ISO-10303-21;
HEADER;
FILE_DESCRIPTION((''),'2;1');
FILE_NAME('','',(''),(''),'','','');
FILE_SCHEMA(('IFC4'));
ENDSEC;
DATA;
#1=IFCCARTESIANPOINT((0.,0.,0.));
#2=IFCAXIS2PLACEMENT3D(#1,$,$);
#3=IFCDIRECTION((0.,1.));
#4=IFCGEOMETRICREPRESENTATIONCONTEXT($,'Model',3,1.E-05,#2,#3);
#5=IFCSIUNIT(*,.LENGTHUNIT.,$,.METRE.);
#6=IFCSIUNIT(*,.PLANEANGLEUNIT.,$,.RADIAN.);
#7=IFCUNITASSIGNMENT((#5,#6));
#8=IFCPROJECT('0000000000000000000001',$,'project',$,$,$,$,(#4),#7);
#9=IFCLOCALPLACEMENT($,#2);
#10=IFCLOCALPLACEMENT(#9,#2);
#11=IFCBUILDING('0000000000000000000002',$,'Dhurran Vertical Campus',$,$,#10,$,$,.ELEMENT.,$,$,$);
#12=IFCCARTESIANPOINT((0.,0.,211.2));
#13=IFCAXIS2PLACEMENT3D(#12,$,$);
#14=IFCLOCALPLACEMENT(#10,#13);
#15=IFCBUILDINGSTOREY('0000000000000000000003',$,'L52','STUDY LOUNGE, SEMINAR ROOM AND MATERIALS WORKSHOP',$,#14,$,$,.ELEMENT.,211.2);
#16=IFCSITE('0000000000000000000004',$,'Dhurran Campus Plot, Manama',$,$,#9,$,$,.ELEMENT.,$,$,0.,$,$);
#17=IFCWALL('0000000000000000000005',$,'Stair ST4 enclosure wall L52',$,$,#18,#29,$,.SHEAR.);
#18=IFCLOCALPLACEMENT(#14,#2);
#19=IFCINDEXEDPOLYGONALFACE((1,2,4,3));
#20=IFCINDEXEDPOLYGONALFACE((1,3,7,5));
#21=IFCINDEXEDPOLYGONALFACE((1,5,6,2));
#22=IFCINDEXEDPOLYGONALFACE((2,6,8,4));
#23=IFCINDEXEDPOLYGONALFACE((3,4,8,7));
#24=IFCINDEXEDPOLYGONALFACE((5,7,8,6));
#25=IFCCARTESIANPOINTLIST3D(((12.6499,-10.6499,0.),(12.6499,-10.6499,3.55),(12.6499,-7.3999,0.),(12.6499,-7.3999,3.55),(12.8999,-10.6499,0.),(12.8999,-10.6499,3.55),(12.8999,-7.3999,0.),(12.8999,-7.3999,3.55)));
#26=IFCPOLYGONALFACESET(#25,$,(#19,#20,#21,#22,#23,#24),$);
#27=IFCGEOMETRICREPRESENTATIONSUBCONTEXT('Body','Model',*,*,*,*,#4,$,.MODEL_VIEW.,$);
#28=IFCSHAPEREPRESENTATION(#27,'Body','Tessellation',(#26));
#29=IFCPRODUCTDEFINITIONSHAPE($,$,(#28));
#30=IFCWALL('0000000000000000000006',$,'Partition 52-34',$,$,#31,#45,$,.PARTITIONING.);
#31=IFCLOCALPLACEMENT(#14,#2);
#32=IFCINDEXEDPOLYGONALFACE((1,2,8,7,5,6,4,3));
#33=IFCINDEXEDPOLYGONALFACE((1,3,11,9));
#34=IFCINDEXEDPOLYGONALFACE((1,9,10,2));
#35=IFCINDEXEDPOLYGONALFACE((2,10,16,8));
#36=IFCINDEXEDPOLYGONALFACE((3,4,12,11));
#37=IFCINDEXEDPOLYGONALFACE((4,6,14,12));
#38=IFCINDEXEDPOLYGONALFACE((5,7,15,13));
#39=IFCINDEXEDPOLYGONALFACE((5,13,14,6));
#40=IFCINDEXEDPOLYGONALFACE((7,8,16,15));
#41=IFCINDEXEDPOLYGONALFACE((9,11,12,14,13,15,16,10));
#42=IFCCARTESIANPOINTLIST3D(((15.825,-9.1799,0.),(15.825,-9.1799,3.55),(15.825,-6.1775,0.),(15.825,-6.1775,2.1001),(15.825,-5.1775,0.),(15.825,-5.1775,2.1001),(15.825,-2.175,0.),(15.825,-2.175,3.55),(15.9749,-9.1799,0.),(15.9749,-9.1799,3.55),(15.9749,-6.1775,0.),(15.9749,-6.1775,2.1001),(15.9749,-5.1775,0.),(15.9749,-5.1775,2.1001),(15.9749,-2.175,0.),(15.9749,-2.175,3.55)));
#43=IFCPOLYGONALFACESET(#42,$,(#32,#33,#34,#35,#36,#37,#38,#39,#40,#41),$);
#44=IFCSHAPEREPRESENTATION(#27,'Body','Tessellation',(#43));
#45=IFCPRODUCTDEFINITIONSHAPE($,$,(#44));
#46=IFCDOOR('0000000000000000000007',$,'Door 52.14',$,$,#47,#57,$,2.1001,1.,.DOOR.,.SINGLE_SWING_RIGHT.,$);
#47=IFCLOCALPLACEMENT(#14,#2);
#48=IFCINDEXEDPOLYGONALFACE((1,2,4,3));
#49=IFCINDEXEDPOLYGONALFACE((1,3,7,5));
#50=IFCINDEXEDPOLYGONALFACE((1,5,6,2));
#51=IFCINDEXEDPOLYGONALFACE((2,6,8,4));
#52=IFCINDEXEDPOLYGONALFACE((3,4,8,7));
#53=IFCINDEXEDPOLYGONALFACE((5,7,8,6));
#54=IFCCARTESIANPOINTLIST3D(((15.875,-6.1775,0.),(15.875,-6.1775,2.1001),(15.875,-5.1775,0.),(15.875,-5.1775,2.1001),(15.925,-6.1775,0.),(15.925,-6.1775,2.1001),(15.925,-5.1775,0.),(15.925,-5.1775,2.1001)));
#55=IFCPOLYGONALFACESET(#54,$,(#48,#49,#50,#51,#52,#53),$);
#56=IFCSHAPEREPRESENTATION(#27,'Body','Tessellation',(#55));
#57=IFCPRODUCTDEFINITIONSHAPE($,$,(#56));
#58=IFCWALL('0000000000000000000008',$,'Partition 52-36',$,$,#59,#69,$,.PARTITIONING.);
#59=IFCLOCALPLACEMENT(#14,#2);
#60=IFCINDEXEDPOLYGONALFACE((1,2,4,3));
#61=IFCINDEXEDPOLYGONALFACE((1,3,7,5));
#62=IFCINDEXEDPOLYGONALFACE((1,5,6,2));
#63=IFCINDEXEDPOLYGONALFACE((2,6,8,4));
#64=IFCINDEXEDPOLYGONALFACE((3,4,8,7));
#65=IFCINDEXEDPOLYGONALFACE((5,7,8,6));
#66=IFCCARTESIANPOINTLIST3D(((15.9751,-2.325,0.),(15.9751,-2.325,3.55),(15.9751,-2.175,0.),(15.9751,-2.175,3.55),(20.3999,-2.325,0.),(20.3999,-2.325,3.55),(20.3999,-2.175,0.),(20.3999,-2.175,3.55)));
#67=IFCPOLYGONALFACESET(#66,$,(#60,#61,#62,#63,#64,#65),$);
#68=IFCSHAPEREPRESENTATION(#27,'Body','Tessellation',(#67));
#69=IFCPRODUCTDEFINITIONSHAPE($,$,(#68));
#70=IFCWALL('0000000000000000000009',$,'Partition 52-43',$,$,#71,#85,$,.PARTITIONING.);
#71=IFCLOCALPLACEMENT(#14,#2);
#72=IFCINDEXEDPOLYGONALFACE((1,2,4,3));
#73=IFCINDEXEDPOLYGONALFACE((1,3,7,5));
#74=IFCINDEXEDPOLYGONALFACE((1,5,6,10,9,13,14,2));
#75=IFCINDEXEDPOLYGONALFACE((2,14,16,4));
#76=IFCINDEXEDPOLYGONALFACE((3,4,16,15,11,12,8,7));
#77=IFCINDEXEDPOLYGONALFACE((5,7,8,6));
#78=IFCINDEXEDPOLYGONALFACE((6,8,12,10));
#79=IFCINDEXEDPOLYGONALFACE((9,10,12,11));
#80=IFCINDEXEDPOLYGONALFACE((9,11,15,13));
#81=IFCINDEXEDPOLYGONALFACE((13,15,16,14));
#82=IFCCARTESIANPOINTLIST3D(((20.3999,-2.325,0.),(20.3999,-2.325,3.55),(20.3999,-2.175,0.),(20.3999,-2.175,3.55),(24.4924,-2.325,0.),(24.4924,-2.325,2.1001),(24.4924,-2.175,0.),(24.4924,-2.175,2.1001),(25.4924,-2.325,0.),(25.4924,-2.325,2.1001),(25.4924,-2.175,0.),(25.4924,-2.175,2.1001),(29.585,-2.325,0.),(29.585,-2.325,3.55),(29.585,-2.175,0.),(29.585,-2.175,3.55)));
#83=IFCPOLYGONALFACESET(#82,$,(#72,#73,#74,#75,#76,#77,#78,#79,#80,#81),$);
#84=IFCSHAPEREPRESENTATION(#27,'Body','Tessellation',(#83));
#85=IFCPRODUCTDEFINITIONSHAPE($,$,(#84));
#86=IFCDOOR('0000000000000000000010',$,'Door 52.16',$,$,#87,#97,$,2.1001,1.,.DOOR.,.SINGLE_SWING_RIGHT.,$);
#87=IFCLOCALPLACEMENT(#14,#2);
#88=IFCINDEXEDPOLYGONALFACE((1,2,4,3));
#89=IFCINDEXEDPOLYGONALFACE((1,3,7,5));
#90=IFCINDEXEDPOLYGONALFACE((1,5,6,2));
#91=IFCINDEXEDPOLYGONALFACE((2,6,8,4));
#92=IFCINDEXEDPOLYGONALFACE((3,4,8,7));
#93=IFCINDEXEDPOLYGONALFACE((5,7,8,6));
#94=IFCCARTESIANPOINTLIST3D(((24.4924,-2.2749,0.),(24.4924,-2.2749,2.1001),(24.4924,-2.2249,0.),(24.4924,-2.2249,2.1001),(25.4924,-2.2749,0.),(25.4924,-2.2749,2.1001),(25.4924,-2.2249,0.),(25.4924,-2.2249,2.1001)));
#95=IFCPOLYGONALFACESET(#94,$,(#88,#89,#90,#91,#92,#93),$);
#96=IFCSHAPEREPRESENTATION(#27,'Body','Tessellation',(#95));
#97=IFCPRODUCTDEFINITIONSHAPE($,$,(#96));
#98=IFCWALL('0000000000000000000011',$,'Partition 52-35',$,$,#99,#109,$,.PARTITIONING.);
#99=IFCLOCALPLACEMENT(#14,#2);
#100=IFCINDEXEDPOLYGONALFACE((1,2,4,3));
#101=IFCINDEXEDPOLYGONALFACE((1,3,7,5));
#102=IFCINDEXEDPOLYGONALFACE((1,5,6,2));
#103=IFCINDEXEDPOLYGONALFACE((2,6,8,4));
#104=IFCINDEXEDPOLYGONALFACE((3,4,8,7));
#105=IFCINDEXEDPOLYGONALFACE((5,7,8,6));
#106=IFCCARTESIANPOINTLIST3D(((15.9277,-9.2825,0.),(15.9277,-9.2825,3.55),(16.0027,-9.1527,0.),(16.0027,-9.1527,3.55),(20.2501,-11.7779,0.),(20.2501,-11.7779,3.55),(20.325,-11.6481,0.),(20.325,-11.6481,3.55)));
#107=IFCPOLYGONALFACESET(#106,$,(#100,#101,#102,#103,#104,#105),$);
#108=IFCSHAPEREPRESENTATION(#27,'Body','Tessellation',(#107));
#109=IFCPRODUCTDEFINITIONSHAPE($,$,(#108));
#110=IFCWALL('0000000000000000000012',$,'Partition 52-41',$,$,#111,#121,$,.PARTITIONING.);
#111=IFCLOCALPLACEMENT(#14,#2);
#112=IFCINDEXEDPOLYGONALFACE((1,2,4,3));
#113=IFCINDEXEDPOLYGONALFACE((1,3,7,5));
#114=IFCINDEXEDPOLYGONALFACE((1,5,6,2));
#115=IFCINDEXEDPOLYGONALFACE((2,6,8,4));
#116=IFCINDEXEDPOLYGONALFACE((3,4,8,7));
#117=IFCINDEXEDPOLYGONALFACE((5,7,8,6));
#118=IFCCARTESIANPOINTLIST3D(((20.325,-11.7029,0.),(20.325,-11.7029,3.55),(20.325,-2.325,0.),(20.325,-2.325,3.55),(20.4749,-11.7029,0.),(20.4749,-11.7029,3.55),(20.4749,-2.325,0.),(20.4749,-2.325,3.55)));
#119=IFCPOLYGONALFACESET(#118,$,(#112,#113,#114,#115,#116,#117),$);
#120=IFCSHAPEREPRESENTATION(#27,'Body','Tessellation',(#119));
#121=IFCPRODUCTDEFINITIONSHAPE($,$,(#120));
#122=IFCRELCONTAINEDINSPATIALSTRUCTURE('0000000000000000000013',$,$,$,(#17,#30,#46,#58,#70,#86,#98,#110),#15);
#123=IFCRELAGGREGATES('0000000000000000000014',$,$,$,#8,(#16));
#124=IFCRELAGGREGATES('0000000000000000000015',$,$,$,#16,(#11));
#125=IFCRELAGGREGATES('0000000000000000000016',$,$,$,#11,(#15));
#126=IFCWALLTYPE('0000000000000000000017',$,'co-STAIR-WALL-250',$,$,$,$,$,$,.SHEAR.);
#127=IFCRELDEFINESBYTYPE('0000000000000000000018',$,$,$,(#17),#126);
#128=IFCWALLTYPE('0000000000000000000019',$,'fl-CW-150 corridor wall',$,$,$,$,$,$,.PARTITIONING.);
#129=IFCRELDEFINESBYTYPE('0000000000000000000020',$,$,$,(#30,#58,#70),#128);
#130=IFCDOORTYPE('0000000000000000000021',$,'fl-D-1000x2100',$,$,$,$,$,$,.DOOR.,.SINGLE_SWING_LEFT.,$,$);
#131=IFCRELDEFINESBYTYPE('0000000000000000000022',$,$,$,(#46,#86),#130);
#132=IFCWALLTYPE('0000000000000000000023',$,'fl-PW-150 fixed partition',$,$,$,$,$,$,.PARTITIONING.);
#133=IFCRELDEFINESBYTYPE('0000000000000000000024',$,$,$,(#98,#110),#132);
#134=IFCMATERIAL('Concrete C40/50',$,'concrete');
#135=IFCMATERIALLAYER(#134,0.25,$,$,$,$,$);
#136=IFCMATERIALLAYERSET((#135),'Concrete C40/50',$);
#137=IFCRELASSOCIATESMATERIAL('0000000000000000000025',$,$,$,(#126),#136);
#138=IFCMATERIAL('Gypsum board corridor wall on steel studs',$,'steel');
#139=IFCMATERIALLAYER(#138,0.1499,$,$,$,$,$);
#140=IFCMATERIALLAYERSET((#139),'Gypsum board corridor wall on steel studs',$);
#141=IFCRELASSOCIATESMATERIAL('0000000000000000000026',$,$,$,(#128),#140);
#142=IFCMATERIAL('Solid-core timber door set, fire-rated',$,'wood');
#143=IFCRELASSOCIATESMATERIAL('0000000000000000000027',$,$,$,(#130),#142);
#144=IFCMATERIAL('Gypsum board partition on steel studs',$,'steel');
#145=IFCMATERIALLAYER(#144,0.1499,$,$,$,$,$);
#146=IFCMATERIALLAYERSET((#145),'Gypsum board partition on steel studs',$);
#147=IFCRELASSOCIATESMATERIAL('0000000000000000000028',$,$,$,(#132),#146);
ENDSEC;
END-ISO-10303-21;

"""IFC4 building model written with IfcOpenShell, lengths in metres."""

from ifc_helpers import new_model, si_unit, direction, frame, frame_2d, origin, place, context, subcontext, project, spatial, rectangle, extrude, material, layer, layer_set, type_object, element, fill, save


model = new_model("IFC4")

# Units and contexts
model_context = context("Model", 3, precision=1e-05, world=origin(), true_north=direction((0.0, 1.0)))
body_context = subcontext(model_context, "Body", "Model", "MODEL_VIEW")
ifc_project = project(units=[si_unit("LENGTHUNIT", "METRE"), si_unit("PLANEANGLEUNIT", "RADIAN")], contexts=[model_context])

# Site, building, storey
site_placement = place(None, origin())
site = spatial("IfcSite", under=ifc_project, at=site_placement, Name="Dhurran Campus Plot, Manama", CompositionType="ELEMENT", RefElevation=0.0)
building_placement = place(site_placement, origin())
building = spatial("IfcBuilding", under=site, at=building_placement, Name="Dhurran Vertical Campus", CompositionType="ELEMENT")
storey_placement = place(building_placement, frame((0.0, 0.0, 211.2)))
storey = spatial("IfcBuildingStorey", under=building, at=storey_placement, Name="L52", Description="STUDY LOUNGE, SEMINAR ROOM AND MATERIALS WORKSHOP", CompositionType="ELEMENT", Elevation=211.2)

# Wall
ifc_material_1 = material(Name="Concrete C40/50", Category="concrete")
ifc_layer_1 = layer(ifc_material_1, 0.25)
ifc_layer_set_1 = layer_set([ifc_layer_1], Name="Concrete C40/50")
wall_type_1 = type_object("IfcWallType", Name="co-STAIR-WALL-250", PredefinedType="SHEAR", material=ifc_layer_set_1)
wall_1_placement = place(storey_placement, frame((12.7749, -10.6499, 0.0), z_axis=(0.0, 0.0, 1.0), x_axis=(0.0, 1.0, 0.0)))
element("IfcWall", 1, at=wall_1_placement, inside=storey, type_object=wall_type_1, Name="Stair ST4 enclosure wall L52", PredefinedType="SHEAR", context=body_context, shape_type="SweptSolid", body=[
    extrude(rectangle(XDim=3.25, YDim=0.25, at=frame_2d((1.625, 0.0))), origin(), (0.0, 0.0, 1.0), 3.55),
])

# Wall, opening, door
ifc_material_2 = material(Name="Gypsum board corridor wall on steel studs", Category="steel")
ifc_layer_2 = layer(ifc_material_2, 0.1499)
ifc_layer_set_2 = layer_set([ifc_layer_2], Name="Gypsum board corridor wall on steel studs")
wall_type_2 = type_object("IfcWallType", Name="fl-CW-150 corridor wall", PredefinedType="PARTITIONING", material=ifc_layer_set_2)
wall_2_placement = place(storey_placement, frame((15.8999, -9.1799, 0.0), z_axis=(0.0, 0.0, 1.0), x_axis=(0.0, 1.0, 0.0)))
wall_2 = element("IfcWall", 2, at=wall_2_placement, inside=storey, type_object=wall_type_2, Name="Partition 52-34", PredefinedType="PARTITIONING", context=body_context, shape_type="SweptSolid", body=[
    extrude(rectangle(XDim=7.0049, YDim=0.1499, at=frame_2d((3.5024, 0.0))), origin(), (0.0, 0.0, 1.0), 3.55),
])
opening_1_placement = place(wall_2_placement, frame((3.0024, 0.0, 0.0)))
opening_1 = element("IfcOpeningElement", 3, at=opening_1_placement, cuts=wall_2, PredefinedType="OPENING", context=body_context, shape_type="SweptSolid", body=[
    extrude(rectangle(XDim=1.0, YDim=2.1001, at=frame_2d((0.5, 1.05))), frame((0.0, 0.085, 0.0), z_axis=(0.0, -1.0, 0.0), x_axis=(1.0, 0.0, 0.0)), (0.0, 0.0, 1.0), 0.1699),
])
ifc_material_3 = material(Name="Solid-core timber door set, fire-rated", Category="wood")
door_type_1 = type_object("IfcDoorType", Name="fl-D-1000x2100", OperationType="SINGLE_SWING_LEFT", PredefinedType="DOOR", material=ifc_material_3)
door_1_placement = place(opening_1_placement, origin())
door_1 = element("IfcDoor", 4, at=door_1_placement, inside=storey, type_object=door_type_1, Name="Door 52.14", OperationType="SINGLE_SWING_RIGHT", OverallHeight=2.1001, OverallWidth=1.0, PredefinedType="DOOR", context=body_context, shape_type="SweptSolid", body=[
    extrude(rectangle(XDim=1.0, YDim=2.1001, at=frame_2d((0.5, 1.05))), frame((0.0, 0.0249, 0.0), z_axis=(0.0, -1.0, 0.0), x_axis=(1.0, 0.0, 0.0)), (0.0, 0.0, 1.0), 0.05),
])
fill(opening_1, door_1)

# Wall
wall_3_placement = place(storey_placement, frame((20.3999, -2.25, 0.0), z_axis=(0.0, 0.0, 1.0), x_axis=(-1.0, 0.0, 0.0)))
element("IfcWall", 5, at=wall_3_placement, inside=storey, type_object=wall_type_2, Name="Partition 52-36", PredefinedType="PARTITIONING", context=body_context, shape_type="SweptSolid", body=[
    extrude(rectangle(XDim=4.4248, YDim=0.1499, at=frame_2d((2.2124, 0.0))), origin(), (0.0, 0.0, 1.0), 3.55),
])

# Wall, opening, door
wall_4_placement = place(storey_placement, frame((29.585, -2.25, 0.0), z_axis=(0.0, 0.0, 1.0), x_axis=(-1.0, 0.0, 0.0)))
wall_4 = element("IfcWall", 6, at=wall_4_placement, inside=storey, type_object=wall_type_2, Name="Partition 52-43", PredefinedType="PARTITIONING", context=body_context, shape_type="SweptSolid", body=[
    extrude(rectangle(XDim=9.1851, YDim=0.1499, at=frame_2d((4.5925, 0.0))), origin(), (0.0, 0.0, 1.0), 3.55),
])
opening_2_placement = place(wall_4_placement, frame((4.0925, 0.0, 0.0)))
opening_2 = element("IfcOpeningElement", 7, at=opening_2_placement, cuts=wall_4, PredefinedType="OPENING", context=body_context, shape_type="SweptSolid", body=[
    extrude(rectangle(XDim=1.0, YDim=2.1001, at=frame_2d((0.5, 1.05))), frame((0.0, 0.085, 0.0), z_axis=(0.0, -1.0, 0.0), x_axis=(1.0, 0.0, 0.0)), (0.0, 0.0, 1.0), 0.1699),
])
door_2_placement = place(opening_2_placement, origin())
door_2 = element("IfcDoor", 8, at=door_2_placement, inside=storey, type_object=door_type_1, Name="Door 52.16", OperationType="SINGLE_SWING_RIGHT", OverallHeight=2.1001, OverallWidth=1.0, PredefinedType="DOOR", context=body_context, shape_type="SweptSolid", body=[
    extrude(rectangle(XDim=1.0, YDim=2.1001, at=frame_2d((0.5, 1.05))), frame((0.0, 0.0249, 0.0), z_axis=(0.0, -1.0, 0.0), x_axis=(1.0, 0.0, 0.0)), (0.0, 0.0, 1.0), 0.05),
])
fill(opening_2, door_2)

# Walls
ifc_material_4 = material(Name="Gypsum board partition on steel studs", Category="steel")
ifc_layer_3 = layer(ifc_material_4, 0.1499)
ifc_layer_set_3 = layer_set([ifc_layer_3], Name="Gypsum board partition on steel studs")
wall_type_3 = type_object("IfcWallType", Name="fl-PW-150 fixed partition", PredefinedType="PARTITIONING", material=ifc_layer_set_3)
wall_5_placement = place(storey_placement, frame((15.9651, -9.2175, 0.0), z_axis=(0.0, 0.0, 1.0), x_axis=(0.866034, -0.499985, 0.0)))
element("IfcWall", 9, at=wall_5_placement, inside=storey, type_object=wall_type_3, Name="Partition 52-35", PredefinedType="PARTITIONING", context=body_context, shape_type="SweptSolid", body=[
    extrude(rectangle(XDim=4.991, YDim=0.1499, at=frame_2d((2.4956, 0.0))), origin(), (0.0, 0.0, 1.0), 3.55),
])
wall_6_placement = place(storey_placement, frame((20.3999, -2.325, 0.0), z_axis=(0.0, 0.0, 1.0), x_axis=(0.0, -1.0, 0.0)))
element("IfcWall", 10, at=wall_6_placement, inside=storey, type_object=wall_type_3, Name="Partition 52-41", PredefinedType="PARTITIONING", context=body_context, shape_type="SweptSolid", body=[
    extrude(rectangle(XDim=9.3779, YDim=0.1499, at=frame_2d((4.689, 0.0))), origin(), (0.0, 0.0, 1.0), 3.55),
])

save(model, "model.ifc")
